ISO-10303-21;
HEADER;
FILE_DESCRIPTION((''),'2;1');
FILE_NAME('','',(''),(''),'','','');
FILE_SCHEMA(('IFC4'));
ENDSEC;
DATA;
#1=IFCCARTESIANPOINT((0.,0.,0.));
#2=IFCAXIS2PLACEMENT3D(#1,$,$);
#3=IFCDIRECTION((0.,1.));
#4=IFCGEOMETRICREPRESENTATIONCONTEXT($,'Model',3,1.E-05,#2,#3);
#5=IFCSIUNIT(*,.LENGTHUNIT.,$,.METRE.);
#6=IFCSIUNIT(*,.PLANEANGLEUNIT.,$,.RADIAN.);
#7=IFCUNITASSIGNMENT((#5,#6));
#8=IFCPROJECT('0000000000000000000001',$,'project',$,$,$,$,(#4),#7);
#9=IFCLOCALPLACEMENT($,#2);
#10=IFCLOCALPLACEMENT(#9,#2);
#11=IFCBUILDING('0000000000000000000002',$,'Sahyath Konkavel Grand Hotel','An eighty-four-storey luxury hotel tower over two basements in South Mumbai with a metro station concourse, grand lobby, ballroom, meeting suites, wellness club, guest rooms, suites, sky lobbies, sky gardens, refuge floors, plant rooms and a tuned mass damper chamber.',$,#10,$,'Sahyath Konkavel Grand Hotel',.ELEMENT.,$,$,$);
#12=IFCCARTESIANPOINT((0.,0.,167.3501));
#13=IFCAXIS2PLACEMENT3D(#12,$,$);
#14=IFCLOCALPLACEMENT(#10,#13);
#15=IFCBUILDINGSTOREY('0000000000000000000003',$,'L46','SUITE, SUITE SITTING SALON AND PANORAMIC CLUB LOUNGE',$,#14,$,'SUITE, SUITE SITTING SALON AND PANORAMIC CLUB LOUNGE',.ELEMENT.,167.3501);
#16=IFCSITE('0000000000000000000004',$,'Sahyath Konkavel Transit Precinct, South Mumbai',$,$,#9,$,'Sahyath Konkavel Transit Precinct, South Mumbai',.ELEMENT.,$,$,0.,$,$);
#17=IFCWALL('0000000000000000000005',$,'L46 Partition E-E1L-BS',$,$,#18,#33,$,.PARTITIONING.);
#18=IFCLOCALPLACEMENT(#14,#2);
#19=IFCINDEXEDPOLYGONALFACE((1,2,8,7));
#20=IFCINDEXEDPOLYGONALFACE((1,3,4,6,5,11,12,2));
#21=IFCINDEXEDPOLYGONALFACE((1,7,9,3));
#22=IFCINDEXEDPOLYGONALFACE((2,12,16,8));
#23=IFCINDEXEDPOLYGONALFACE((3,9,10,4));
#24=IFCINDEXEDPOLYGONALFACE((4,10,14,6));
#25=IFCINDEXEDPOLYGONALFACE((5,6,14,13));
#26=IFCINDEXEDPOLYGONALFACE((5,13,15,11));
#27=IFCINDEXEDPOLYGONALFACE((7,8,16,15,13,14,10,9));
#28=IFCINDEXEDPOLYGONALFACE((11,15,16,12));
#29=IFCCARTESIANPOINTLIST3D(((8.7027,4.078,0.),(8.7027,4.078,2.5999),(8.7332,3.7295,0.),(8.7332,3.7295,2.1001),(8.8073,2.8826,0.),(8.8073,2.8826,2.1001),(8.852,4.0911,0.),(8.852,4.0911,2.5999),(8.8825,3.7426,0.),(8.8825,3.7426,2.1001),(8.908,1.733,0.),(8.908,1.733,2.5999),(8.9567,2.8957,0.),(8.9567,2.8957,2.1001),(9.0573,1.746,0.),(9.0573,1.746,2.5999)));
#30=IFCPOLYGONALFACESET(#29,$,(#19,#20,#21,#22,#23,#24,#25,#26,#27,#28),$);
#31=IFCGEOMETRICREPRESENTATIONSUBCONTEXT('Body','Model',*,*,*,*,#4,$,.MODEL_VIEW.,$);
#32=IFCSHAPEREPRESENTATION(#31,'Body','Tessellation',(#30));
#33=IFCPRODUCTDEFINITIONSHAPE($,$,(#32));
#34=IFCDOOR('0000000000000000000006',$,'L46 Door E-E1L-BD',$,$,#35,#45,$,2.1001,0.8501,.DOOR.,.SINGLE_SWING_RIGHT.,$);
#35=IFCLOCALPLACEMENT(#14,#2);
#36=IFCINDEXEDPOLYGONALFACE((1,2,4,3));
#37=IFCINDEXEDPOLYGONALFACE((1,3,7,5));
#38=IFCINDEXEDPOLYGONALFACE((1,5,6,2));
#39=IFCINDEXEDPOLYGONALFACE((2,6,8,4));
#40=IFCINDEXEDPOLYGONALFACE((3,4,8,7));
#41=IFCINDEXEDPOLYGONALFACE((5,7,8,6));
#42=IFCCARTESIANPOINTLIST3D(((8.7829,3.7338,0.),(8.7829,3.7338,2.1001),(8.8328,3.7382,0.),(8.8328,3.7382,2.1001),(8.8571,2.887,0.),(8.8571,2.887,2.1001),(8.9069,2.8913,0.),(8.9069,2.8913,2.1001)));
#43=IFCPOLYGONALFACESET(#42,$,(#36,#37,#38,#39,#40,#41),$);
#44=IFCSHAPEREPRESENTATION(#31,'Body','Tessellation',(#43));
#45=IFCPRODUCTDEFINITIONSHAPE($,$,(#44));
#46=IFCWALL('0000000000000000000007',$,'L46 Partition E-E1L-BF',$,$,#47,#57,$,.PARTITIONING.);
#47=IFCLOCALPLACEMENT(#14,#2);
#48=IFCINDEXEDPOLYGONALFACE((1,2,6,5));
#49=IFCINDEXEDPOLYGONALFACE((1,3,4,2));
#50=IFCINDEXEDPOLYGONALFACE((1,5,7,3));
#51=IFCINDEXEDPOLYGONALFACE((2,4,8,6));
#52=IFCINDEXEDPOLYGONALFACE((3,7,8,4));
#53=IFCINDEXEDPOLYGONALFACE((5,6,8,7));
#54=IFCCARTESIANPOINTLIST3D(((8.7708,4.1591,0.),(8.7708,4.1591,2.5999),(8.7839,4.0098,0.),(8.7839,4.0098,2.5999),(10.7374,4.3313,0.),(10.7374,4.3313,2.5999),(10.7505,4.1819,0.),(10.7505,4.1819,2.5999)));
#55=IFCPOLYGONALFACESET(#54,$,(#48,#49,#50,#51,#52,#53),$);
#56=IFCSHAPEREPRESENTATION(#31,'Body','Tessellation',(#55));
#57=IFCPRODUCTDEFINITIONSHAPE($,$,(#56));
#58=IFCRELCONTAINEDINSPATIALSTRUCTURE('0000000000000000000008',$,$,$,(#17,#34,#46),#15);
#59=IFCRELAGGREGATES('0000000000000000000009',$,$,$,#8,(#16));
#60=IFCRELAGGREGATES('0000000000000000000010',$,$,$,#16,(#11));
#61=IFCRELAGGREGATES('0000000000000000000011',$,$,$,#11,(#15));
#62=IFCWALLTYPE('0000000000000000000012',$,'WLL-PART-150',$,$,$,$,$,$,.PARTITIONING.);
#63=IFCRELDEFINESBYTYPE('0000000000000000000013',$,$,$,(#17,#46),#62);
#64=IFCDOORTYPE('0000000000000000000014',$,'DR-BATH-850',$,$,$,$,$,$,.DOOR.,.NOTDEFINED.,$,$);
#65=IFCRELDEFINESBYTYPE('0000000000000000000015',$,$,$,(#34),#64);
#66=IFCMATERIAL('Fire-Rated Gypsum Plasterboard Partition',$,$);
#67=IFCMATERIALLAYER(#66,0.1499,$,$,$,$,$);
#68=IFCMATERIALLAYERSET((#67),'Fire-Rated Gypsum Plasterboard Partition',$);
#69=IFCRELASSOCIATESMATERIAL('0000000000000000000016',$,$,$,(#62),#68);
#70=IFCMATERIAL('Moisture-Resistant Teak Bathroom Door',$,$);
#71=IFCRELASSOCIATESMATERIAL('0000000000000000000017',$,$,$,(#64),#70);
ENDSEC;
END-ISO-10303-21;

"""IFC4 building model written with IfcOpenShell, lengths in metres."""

from ifc_helpers import new_model, si_unit, direction, frame, frame_2d, origin, origin_2d, place, context, subcontext, project, spatial, rectangle, extrude, source, transform, mapped, material, layer, layer_set, type_object, element, fill, save


model = new_model("IFC4")

# Units and contexts
model_context = context("Model", 3, precision=1e-05, world=origin(), true_north=direction((0.0, 1.0)))
body_context = subcontext(model_context, "Body", "Model", "MODEL_VIEW")
ifc_project = project(units=[si_unit("LENGTHUNIT", "METRE"), si_unit("PLANEANGLEUNIT", "RADIAN")], contexts=[model_context])

# Site, building, storey
site_placement = place(None, origin())
site = spatial("IfcSite", under=ifc_project, at=site_placement, Name="Sahyath Konkavel Transit Precinct, South Mumbai", LongName="Sahyath Konkavel Transit Precinct, South Mumbai", CompositionType="ELEMENT", RefElevation=0.0)
building_placement = place(site_placement, origin())
building = spatial("IfcBuilding", under=site, at=building_placement, Name="Sahyath Konkavel Grand Hotel", Description="An eighty-four-storey luxury hotel tower over two basements in South Mumbai with a metro station concourse, grand lobby, ballroom, meeting suites, wellness club, guest rooms, suites, sky lobbies, sky gardens, refuge floors, plant rooms and a tuned mass damper chamber.", LongName="Sahyath Konkavel Grand Hotel", CompositionType="ELEMENT")
storey_placement = place(building_placement, frame((0.0, 0.0, 167.3501)))
storey = spatial("IfcBuildingStorey", under=building, at=storey_placement, Name="L46", Description="SUITE, SUITE SITTING SALON AND PANORAMIC CLUB LOUNGE", LongName="SUITE, SUITE SITTING SALON AND PANORAMIC CLUB LOUNGE", CompositionType="ELEMENT", Elevation=167.3501)

# Shared definitions
ifc_material_1 = material(Name="Fire-Rated Gypsum Plasterboard Partition")
ifc_layer_1 = layer(ifc_material_1, 0.1499)
ifc_layer_set_1 = layer_set([ifc_layer_1], Name="Fire-Rated Gypsum Plasterboard Partition")
wall_type_1 = type_object("IfcWallType", Name="WLL-PART-150", PredefinedType="PARTITIONING", material=ifc_layer_set_1)
shared_shape_1 = source(origin(), body_context, "Body", "SweptSolid", [
    extrude(rectangle(XDim=0.8501, YDim=0.05, at=origin_2d()), origin(), (0.0, 0.0, 1.0), 2.1001),
])

# Wall, opening, door
wall_1_placement = place(storey_placement, frame((8.9827, 1.7395, 0.0), z_axis=(0.0, 0.0, 1.0), x_axis=(-0.087225, 0.996189, 0.0)))
wall_1 = element("IfcWall", 1, at=wall_1_placement, inside=storey, type_object=wall_type_1, Name="L46 Partition E-E1L-BS", PredefinedType="PARTITIONING", context=body_context, shape_type="SweptSolid", body=[
    extrude(rectangle(XDim=2.354, YDim=0.1499, at=frame_2d((1.177, 0.0))), origin(), (0.0, 0.0, 1.0), 2.5999),
])
opening_1_placement = place(wall_1_placement, frame((1.1541, 0.0, 0.0)))
opening_1 = element("IfcOpeningElement", 2, at=opening_1_placement, cuts=wall_1, PredefinedType="OPENING", context=body_context, shape_type="SweptSolid", body=[
    extrude(rectangle(XDim=0.8501, YDim=2.1001, at=frame_2d((0.425, 1.05))), frame((0.0, 0.085, 0.0), z_axis=(0.0, -1.0, 0.0), x_axis=(1.0, 0.0, 0.0)), (0.0, 0.0, 1.0), 0.1699),
])
ifc_material_2 = material(Name="Moisture-Resistant Teak Bathroom Door")
door_type_1 = type_object("IfcDoorType", Name="DR-BATH-850", OperationType="NOTDEFINED", PredefinedType="DOOR", material=ifc_material_2)
door_1_placement = place(opening_1_placement, frame((0.425, 0.0, 0.0)))
door_1 = element("IfcDoor", 3, at=door_1_placement, inside=storey, type_object=door_type_1, Name="L46 Door E-E1L-BD", OperationType="SINGLE_SWING_RIGHT", OverallHeight=2.1001, OverallWidth=0.8501, PredefinedType="DOOR", context=body_context, shape_type="MappedRepresentation", body=[
    mapped(shared_shape_1, transform((0.0, 0.0, 0.0), scale=1.0)),
])
fill(opening_1, door_1)

# Wall
wall_2_placement = place(storey_placement, frame((8.7773, 4.0845, 0.0), z_axis=(0.0, 0.0, 1.0), x_axis=(0.996192, 0.08719, 0.0)))
element("IfcWall", 4, at=wall_2_placement, inside=storey, type_object=wall_type_1, Name="L46 Partition E-E1L-BF", PredefinedType="PARTITIONING", context=body_context, shape_type="SweptSolid", body=[
    extrude(rectangle(XDim=1.9741, YDim=0.1499, at=frame_2d((0.9871, 0.0))), origin(), (0.0, 0.0, 1.0), 2.5999),
])

save(model, "model.ifc")
